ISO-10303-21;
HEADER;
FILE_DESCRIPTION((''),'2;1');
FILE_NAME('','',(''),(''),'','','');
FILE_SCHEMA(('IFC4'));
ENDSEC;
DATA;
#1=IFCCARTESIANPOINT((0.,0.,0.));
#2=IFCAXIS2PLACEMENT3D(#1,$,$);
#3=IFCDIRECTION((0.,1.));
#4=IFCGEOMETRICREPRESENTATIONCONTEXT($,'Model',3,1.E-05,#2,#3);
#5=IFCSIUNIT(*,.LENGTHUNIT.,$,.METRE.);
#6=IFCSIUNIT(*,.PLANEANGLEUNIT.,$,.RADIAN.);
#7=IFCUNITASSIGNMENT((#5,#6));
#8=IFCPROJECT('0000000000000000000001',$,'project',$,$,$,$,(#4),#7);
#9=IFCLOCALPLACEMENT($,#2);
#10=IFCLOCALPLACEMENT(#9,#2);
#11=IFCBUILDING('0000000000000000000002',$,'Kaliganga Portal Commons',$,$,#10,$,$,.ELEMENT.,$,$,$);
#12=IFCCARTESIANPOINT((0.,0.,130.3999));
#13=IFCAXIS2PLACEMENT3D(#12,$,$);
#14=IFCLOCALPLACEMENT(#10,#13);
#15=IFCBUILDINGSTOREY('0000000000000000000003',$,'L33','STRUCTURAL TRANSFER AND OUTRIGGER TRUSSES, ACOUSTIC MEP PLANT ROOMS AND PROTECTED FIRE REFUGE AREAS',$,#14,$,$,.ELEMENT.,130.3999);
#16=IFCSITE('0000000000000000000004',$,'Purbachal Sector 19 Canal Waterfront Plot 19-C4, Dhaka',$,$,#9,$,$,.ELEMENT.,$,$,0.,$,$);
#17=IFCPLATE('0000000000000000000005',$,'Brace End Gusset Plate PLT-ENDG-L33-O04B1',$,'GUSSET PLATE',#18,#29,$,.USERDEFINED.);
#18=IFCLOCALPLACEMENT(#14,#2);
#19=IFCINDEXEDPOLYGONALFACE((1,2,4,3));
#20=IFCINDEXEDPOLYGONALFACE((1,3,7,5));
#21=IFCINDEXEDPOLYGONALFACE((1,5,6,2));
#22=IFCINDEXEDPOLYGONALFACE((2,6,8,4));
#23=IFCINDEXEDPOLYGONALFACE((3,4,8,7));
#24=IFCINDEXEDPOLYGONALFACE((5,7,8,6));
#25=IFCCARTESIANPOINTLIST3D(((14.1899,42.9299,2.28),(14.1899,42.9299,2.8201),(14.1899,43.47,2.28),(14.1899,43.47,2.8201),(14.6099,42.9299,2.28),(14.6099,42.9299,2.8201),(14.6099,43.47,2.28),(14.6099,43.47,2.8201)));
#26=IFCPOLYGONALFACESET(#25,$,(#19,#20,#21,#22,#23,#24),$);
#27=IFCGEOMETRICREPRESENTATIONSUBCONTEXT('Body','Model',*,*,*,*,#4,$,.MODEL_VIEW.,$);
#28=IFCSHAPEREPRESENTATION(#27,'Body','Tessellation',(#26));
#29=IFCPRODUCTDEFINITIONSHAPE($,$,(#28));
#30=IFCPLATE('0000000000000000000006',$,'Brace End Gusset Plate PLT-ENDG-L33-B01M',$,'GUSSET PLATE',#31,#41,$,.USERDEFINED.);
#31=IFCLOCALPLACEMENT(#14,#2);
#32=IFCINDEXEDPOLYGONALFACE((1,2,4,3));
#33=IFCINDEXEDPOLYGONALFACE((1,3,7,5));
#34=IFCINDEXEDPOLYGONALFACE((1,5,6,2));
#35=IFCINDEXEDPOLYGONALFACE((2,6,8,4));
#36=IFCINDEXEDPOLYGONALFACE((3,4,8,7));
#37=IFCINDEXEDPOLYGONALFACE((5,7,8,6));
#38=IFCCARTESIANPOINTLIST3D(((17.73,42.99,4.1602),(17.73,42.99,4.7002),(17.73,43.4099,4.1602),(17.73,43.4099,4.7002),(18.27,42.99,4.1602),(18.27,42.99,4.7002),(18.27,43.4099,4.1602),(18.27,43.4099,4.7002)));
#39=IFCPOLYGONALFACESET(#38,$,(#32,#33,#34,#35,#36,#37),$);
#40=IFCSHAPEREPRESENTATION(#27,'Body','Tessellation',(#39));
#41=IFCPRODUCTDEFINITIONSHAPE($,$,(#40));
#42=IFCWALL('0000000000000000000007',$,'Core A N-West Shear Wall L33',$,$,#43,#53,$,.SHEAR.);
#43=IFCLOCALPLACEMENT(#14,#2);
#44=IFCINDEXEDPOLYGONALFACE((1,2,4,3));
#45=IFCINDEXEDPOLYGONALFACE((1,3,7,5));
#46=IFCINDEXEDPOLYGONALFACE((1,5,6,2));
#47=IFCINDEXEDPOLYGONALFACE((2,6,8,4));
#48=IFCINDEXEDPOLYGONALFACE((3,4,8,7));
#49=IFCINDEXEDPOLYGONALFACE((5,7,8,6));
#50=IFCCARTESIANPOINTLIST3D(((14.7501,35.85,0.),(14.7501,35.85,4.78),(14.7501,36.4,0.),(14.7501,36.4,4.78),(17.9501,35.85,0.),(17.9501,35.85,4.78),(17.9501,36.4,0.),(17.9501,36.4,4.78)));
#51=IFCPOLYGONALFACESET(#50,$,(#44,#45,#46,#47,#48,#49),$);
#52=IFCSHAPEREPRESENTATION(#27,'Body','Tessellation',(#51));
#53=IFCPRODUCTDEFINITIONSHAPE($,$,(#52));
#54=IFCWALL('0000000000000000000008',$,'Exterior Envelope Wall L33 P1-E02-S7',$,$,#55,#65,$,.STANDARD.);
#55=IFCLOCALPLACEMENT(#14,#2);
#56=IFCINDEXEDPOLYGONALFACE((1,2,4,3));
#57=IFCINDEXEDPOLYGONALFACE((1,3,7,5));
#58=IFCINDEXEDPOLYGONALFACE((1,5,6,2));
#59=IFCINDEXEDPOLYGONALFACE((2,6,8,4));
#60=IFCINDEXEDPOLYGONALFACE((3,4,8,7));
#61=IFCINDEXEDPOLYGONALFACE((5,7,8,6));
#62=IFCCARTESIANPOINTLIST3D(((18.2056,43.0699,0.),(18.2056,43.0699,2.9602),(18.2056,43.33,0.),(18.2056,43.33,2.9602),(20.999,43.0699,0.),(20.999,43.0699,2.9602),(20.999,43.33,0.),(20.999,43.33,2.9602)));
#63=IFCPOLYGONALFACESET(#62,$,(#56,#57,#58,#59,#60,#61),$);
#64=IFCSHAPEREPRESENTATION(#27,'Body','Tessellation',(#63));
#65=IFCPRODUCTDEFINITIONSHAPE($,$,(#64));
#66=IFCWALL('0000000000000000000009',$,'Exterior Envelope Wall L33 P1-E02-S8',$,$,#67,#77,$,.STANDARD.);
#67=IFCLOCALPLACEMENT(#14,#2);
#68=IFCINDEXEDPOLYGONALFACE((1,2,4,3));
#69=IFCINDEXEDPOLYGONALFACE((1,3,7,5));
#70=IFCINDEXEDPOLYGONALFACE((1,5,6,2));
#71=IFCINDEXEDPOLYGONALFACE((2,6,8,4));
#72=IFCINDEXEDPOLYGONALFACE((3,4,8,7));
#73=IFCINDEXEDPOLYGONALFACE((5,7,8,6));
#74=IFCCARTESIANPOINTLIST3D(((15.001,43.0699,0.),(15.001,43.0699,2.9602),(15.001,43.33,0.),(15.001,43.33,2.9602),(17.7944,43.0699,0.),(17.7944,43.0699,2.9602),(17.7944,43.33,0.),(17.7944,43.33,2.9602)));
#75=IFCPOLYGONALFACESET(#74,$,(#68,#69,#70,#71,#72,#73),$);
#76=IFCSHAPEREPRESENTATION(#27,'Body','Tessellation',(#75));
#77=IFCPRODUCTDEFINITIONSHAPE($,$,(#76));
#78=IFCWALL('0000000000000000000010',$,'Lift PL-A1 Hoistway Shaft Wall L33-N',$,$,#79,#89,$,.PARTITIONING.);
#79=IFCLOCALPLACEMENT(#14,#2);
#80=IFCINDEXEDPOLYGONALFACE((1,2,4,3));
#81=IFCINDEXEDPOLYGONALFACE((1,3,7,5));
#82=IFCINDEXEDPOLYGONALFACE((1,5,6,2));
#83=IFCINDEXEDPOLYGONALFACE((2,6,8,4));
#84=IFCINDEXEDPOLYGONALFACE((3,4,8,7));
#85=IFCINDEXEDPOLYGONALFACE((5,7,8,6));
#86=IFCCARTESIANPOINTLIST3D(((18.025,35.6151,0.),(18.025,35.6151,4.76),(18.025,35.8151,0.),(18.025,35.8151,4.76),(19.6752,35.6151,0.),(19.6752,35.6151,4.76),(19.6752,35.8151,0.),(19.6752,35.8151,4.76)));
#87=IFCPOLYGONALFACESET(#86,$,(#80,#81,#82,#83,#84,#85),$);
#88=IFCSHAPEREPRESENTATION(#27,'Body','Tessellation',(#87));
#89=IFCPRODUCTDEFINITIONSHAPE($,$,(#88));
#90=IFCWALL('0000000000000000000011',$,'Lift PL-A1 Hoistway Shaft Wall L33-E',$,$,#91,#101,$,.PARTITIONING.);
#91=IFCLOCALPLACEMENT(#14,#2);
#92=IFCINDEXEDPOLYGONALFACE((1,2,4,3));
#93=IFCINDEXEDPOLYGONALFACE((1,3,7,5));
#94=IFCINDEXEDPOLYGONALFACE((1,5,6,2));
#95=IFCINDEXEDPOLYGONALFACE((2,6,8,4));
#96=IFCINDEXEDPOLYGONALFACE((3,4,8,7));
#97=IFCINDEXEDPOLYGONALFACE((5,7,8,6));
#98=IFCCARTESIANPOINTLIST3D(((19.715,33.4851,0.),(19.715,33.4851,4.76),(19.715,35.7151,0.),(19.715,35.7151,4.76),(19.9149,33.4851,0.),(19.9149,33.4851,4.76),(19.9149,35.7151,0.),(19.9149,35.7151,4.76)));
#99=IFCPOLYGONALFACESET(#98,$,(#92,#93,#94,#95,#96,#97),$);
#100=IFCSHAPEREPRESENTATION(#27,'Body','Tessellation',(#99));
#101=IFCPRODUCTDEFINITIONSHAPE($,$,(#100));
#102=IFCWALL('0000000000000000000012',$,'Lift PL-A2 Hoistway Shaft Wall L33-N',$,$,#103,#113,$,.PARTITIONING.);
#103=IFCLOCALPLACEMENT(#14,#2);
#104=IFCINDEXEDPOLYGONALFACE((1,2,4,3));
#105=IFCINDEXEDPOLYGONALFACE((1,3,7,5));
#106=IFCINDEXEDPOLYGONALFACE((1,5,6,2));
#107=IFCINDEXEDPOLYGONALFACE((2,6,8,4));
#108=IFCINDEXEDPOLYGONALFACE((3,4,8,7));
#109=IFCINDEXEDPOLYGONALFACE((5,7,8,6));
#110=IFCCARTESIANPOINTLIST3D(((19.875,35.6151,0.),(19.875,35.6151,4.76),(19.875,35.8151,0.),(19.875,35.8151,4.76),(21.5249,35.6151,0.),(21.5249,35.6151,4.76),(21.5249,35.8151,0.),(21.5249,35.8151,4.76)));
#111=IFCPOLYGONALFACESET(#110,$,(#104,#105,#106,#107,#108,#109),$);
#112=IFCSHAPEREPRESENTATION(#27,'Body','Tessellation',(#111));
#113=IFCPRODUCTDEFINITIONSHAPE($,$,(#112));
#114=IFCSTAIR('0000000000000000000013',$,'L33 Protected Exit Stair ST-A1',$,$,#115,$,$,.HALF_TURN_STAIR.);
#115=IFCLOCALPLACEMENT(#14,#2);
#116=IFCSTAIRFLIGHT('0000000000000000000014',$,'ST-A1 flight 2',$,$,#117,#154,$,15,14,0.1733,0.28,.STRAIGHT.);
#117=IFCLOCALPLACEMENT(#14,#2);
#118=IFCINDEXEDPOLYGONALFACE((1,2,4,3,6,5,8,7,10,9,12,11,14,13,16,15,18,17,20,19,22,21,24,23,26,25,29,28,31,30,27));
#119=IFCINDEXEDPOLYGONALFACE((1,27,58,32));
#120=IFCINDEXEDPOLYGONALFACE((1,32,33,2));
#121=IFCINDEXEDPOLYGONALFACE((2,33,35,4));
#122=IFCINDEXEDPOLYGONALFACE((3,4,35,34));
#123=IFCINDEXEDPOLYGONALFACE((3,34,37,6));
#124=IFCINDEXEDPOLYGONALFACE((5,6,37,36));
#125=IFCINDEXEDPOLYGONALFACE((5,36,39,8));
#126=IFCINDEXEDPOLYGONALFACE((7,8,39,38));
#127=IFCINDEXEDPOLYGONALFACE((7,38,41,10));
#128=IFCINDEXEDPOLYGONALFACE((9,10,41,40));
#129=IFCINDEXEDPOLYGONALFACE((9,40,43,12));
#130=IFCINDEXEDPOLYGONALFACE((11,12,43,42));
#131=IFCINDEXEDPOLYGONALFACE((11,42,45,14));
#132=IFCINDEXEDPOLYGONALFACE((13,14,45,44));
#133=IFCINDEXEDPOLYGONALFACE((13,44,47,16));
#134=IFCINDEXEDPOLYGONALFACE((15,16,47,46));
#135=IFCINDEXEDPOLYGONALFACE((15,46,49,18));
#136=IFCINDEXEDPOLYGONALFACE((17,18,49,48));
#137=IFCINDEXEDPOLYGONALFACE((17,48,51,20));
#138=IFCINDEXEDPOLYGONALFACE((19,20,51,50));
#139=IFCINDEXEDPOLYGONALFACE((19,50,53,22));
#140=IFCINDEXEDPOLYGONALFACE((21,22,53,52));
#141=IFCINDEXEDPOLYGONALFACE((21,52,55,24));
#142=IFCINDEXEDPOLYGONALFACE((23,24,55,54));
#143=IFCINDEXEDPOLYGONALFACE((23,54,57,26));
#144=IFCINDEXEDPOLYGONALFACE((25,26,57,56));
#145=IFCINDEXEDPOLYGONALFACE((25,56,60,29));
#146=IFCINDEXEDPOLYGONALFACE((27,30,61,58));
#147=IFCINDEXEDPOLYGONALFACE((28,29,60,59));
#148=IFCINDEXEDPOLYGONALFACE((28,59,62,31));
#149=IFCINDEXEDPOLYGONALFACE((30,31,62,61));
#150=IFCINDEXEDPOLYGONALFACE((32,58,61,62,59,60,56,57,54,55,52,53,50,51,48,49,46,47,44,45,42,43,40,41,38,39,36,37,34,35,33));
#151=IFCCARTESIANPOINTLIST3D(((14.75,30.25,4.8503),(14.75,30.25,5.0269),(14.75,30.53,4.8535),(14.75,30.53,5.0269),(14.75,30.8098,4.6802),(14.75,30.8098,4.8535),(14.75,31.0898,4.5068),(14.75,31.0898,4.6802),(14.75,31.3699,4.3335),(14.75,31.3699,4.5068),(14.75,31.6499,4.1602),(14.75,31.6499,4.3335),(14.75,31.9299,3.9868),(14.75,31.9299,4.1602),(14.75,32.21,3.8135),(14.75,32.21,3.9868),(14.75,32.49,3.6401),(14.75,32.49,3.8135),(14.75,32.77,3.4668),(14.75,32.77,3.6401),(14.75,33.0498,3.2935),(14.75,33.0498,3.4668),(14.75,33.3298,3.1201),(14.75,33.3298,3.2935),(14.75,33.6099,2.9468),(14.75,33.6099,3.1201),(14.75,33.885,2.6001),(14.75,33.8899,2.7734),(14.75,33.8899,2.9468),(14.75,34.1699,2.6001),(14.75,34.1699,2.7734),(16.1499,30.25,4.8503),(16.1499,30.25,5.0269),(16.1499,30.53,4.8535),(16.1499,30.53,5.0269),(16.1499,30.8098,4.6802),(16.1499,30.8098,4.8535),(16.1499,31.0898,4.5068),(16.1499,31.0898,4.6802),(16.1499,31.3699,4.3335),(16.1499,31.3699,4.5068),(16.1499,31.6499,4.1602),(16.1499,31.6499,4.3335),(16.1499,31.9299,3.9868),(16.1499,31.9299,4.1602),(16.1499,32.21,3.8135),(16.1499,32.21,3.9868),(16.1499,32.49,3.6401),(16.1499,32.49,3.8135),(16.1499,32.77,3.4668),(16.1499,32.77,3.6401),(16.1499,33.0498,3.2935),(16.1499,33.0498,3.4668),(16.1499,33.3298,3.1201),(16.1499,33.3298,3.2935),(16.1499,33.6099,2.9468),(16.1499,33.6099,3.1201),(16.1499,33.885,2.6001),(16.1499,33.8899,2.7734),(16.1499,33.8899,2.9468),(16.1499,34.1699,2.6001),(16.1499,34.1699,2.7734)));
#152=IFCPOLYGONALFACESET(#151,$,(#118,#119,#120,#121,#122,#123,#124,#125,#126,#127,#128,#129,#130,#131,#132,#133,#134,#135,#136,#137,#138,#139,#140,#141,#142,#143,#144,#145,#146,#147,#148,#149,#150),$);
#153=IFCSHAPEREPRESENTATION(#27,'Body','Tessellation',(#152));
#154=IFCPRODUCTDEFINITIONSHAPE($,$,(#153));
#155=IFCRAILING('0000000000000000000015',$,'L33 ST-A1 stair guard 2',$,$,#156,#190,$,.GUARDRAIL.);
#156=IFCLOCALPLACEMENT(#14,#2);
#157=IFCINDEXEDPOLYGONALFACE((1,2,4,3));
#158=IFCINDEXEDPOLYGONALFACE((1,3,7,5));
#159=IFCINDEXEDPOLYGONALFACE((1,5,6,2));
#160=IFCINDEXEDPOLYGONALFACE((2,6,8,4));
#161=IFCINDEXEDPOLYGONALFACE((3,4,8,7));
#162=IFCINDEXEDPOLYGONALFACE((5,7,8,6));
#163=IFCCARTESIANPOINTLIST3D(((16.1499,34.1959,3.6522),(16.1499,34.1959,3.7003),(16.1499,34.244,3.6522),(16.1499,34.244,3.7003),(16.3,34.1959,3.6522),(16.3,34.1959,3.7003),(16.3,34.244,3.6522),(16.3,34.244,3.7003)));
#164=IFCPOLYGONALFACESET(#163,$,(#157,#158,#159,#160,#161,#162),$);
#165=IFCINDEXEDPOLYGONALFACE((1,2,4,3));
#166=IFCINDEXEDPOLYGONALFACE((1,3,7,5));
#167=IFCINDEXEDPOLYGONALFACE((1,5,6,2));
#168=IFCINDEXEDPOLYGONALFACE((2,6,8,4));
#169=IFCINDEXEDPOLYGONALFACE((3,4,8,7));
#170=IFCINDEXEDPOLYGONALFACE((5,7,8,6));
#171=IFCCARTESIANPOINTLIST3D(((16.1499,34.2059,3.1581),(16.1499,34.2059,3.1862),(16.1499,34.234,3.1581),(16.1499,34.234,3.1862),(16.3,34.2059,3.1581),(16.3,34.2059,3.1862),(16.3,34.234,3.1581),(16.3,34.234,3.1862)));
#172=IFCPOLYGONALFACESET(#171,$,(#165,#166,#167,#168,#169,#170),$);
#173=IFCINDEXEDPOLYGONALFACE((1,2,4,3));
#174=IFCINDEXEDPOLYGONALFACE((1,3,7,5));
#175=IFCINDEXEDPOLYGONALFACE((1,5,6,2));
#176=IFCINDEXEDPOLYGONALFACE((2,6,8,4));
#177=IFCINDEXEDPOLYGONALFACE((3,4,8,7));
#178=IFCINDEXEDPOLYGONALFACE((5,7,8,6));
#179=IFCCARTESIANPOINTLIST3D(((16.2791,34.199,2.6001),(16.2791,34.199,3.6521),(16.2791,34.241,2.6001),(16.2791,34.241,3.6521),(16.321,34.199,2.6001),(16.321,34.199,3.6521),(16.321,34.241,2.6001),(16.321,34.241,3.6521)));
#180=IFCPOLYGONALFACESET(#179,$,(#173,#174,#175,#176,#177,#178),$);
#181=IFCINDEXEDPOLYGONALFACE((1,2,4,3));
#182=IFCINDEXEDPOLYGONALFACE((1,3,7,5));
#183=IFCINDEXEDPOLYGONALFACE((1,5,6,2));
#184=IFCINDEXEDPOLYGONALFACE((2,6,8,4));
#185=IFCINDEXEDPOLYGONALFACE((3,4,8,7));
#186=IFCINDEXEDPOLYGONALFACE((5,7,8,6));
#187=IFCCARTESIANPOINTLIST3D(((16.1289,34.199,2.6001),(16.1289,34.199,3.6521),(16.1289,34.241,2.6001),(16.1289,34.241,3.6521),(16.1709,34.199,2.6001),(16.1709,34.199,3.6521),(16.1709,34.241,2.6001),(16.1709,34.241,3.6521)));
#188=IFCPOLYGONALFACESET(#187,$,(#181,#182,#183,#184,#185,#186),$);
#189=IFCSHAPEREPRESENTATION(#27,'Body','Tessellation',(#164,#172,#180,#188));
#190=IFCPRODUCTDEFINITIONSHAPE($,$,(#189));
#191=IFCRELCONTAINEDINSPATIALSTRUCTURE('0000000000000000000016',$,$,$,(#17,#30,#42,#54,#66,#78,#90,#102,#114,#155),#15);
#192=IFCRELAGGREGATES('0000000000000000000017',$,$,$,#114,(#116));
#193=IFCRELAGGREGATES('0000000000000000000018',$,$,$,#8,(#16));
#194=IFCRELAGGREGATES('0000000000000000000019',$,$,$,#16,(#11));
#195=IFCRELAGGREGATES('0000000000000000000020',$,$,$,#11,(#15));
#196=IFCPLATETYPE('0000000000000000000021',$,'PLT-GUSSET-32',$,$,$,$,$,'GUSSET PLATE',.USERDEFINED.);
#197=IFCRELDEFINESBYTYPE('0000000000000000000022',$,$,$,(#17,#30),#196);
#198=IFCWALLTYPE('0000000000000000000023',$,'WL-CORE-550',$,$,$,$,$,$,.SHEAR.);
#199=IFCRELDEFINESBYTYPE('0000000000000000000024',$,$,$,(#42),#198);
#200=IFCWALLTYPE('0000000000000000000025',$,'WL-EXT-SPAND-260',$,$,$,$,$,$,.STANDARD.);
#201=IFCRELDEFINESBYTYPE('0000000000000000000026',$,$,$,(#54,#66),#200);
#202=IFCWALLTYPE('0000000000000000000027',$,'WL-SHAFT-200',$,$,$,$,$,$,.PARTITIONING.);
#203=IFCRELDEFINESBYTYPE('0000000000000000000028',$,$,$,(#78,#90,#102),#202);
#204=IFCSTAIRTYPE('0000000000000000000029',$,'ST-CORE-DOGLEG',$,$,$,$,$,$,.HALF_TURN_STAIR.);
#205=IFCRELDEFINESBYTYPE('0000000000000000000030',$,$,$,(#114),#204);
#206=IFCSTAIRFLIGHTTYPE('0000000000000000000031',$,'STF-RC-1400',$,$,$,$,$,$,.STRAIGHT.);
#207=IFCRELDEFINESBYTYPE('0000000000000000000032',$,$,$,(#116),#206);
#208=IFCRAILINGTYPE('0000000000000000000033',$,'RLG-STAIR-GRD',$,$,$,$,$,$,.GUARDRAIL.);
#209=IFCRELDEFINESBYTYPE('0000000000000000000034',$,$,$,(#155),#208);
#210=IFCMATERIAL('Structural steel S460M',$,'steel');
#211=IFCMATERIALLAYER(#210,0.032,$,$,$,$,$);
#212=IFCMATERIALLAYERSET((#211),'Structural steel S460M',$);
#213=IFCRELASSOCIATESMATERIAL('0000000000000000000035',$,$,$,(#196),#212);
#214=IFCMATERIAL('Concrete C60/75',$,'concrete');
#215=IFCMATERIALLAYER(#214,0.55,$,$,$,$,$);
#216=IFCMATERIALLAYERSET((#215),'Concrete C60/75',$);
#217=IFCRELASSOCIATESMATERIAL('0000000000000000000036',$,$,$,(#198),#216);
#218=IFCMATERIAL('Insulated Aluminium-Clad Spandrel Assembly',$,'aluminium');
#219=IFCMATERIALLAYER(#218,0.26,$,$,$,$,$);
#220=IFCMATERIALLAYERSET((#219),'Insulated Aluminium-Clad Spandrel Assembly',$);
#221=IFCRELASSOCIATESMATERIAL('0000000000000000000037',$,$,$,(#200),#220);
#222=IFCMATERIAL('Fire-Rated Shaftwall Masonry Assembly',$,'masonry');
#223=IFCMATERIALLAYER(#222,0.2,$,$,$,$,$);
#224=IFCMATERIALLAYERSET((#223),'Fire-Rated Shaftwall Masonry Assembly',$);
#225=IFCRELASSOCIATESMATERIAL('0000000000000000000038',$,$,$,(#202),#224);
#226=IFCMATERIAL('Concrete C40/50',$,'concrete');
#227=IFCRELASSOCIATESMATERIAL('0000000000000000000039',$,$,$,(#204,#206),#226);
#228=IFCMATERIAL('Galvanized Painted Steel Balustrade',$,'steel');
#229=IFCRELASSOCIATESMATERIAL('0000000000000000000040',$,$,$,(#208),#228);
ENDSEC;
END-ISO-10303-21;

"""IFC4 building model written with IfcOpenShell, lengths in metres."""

from ifc_helpers import new_model, si_unit, direction, frame, frame_2d, origin, origin_2d, place, context, subcontext, project, spatial, polyline, rectangle, outline, extrude, source, transform, mapped, material, layer, layer_set, type_object, element, aggregate, save


model = new_model("IFC4")

# Units and contexts
model_context = context("Model", 3, precision=1e-05, world=origin(), true_north=direction((0.0, 1.0)))
body_context = subcontext(model_context, "Body", "Model", "MODEL_VIEW")
ifc_project = project(units=[si_unit("LENGTHUNIT", "METRE"), si_unit("PLANEANGLEUNIT", "RADIAN")], contexts=[model_context])

# Site, building, storey
site_placement = place(None, origin())
site = spatial("IfcSite", under=ifc_project, at=site_placement, Name="Purbachal Sector 19 Canal Waterfront Plot 19-C4, Dhaka", CompositionType="ELEMENT", RefElevation=0.0)
building_placement = place(site_placement, origin())
building = spatial("IfcBuilding", under=site, at=building_placement, Name="Kaliganga Portal Commons", CompositionType="ELEMENT")
storey_placement = place(building_placement, frame((0.0, 0.0, 130.3999)))
storey = spatial("IfcBuildingStorey", under=building, at=storey_placement, Name="L33", Description="STRUCTURAL TRANSFER AND OUTRIGGER TRUSSES, ACOUSTIC MEP PLANT ROOMS AND PROTECTED FIRE REFUGE AREAS", CompositionType="ELEMENT", Elevation=130.3999)

# Shared definitions
ifc_material_1 = material(Name="Structural steel S460M", Category="steel")

# Plates
ifc_layer_1 = layer(ifc_material_1, 0.032)
ifc_layer_set_1 = layer_set([ifc_layer_1], Name="Structural steel S460M")
plate_type = type_object("IfcPlateType", Name="PLT-GUSSET-32", ElementType="GUSSET PLATE", PredefinedType="USERDEFINED", material=ifc_layer_set_1)
shared_shape_1 = source(origin(), body_context, "Body", "SweptSolid", [
    extrude(rectangle(XDim=0.54, YDim=0.4199, at=origin_2d()), origin(), (0.0, 0.0, 1.0), 0.54),
])
for number, where, z_axis, x_axis, name in (
    (1, (14.3999, 43.2, 2.28), (0.0, 0.0, 1.0), (0.0, 1.0, 0.0), "Brace End Gusset Plate PLT-ENDG-L33-O04B1"),
    (2, (18.0, 43.2, 4.1602), (0.0, 0.0, 1.0), (1.0, 0.0, 0.0), "Brace End Gusset Plate PLT-ENDG-L33-B01M"),
):
    element("IfcPlate", number, at=place(storey_placement, frame(where, z_axis=z_axis, x_axis=x_axis)), inside=storey, type_object=plate_type, Name=name, ObjectType="GUSSET PLATE", PredefinedType="USERDEFINED", context=body_context, shape_type="MappedRepresentation", body=[
        mapped(shared_shape_1, transform((0.0, 0.0, 0.0), x_axis=(1.0, 0.0, 0.0), y_axis=(0.0, 1.0, 0.0), z_axis=(0.0, 0.0, 1.0), scale=1.0)),
    ])

# Walls
ifc_material_2 = material(Name="Concrete C60/75", Category="concrete")
ifc_layer_2 = layer(ifc_material_2, 0.55)
ifc_layer_set_2 = layer_set([ifc_layer_2], Name="Concrete C60/75")
wall_type_1 = type_object("IfcWallType", Name="WL-CORE-550", PredefinedType="SHEAR", material=ifc_layer_set_2)
wall_1_placement = place(storey_placement, frame((14.75, 36.125, 0.0), z_axis=(0.0, 0.0, 1.0), x_axis=(1.0, 0.0, 0.0)))
element("IfcWall", 3, at=wall_1_placement, inside=storey, type_object=wall_type_1, Name="Core A N-West Shear Wall L33", PredefinedType="SHEAR", context=body_context, shape_type="SweptSolid", body=[
    extrude(rectangle(XDim=3.2, YDim=0.55, at=frame_2d((1.6001, 0.0))), origin(), (0.0, 0.0, 1.0), 4.78),
])
ifc_material_3 = material(Name="Insulated Aluminium-Clad Spandrel Assembly", Category="aluminium")
ifc_layer_3 = layer(ifc_material_3, 0.26)
ifc_layer_set_3 = layer_set([ifc_layer_3], Name="Insulated Aluminium-Clad Spandrel Assembly")
wall_type_2 = type_object("IfcWallType", Name="WL-EXT-SPAND-260", PredefinedType="STANDARD", material=ifc_layer_set_3)
for number, where, z_axis, x_axis, name in (
    (4, (18.2056, 43.2, 0.0), (0.0, 0.0, 1.0), (1.0, 0.0, 0.0), "Exterior Envelope Wall L33 P1-E02-S7"),
    (5, (15.001, 43.2, 0.0), (0.0, 0.0, 1.0), (1.0, 0.0, 0.0), "Exterior Envelope Wall L33 P1-E02-S8"),
):
    element("IfcWall", number, at=place(storey_placement, frame(where, z_axis=z_axis, x_axis=x_axis)), inside=storey, type_object=wall_type_2, Name=name, PredefinedType="STANDARD", context=body_context, shape_type="SweptSolid", body=[
        extrude(rectangle(XDim=2.7935, YDim=0.26, at=frame_2d((1.3967, 0.0))), origin(), (0.0, 0.0, 1.0), 2.9602),
    ])

# Shared definitions
ifc_material_4 = material(Name="Fire-Rated Shaftwall Masonry Assembly", Category="masonry")
ifc_layer_4 = layer(ifc_material_4, 0.2)
ifc_layer_set_4 = layer_set([ifc_layer_4], Name="Fire-Rated Shaftwall Masonry Assembly")
wall_type_3 = type_object("IfcWallType", Name="WL-SHAFT-200", PredefinedType="PARTITIONING", material=ifc_layer_set_4)

# Walls
wall_2_placement = place(storey_placement, frame((18.0249, 35.7151, 0.0), z_axis=(0.0, 0.0, 1.0), x_axis=(1.0, 0.0, 0.0)))
element("IfcWall", 6, at=wall_2_placement, inside=storey, type_object=wall_type_3, Name="Lift PL-A1 Hoistway Shaft Wall L33-N", PredefinedType="PARTITIONING", context=body_context, shape_type="SweptSolid", body=[
    extrude(rectangle(XDim=1.6501, YDim=0.2, at=frame_2d((0.8252, 0.0))), origin(), (0.0, 0.0, 1.0), 4.76),
])
wall_3_placement = place(storey_placement, frame((19.8149, 33.4851, 0.0), z_axis=(0.0, 0.0, 1.0), x_axis=(0.0, 1.0, 0.0)))
element("IfcWall", 7, at=wall_3_placement, inside=storey, type_object=wall_type_3, Name="Lift PL-A1 Hoistway Shaft Wall L33-E", PredefinedType="PARTITIONING", context=body_context, shape_type="SweptSolid", body=[
    extrude(rectangle(XDim=2.23, YDim=0.2, at=frame_2d((1.115, 0.0))), origin(), (0.0, 0.0, 1.0), 4.76),
])

# Wall
wall_4_placement = place(storey_placement, frame((19.875, 35.7151, 0.0), z_axis=(0.0, 0.0, 1.0), x_axis=(1.0, 0.0, 0.0)))
element("IfcWall", 8, at=wall_4_placement, inside=storey, type_object=wall_type_3, Name="Lift PL-A2 Hoistway Shaft Wall L33-N", PredefinedType="PARTITIONING", context=body_context, shape_type="SweptSolid", body=[
    extrude(rectangle(XDim=1.6499, YDim=0.2, at=frame_2d((0.825, 0.0))), origin(), (0.0, 0.0, 1.0), 4.76),
])

# Stair, stair flight
ifc_material_5 = material(Name="Concrete C40/50", Category="concrete")
stair_type = type_object("IfcStairType", Name="ST-CORE-DOGLEG", PredefinedType="HALF_TURN_STAIR", material=ifc_material_5)
stair_placement = place(storey_placement, origin())
stair = element("IfcStair", 9, at=stair_placement, inside=storey, type_object=stair_type, Name="L33 Protected Exit Stair ST-A1", PredefinedType="HALF_TURN_STAIR")
stair_flight_type = type_object("IfcStairFlightType", Name="STF-RC-1400", PredefinedType="STRAIGHT", material=ifc_material_5)
stair_flight_placement = place(storey_placement, frame((15.45, 34.1699, 2.6001), z_axis=(0.0, 0.0, 1.0), x_axis=(0.0, -1.0, 0.0)))
stair_flight = element("IfcStairFlight", 10, at=stair_flight_placement, type_object=stair_flight_type, Name="ST-A1 flight 2", NumberOfRisers=15, NumberOfTreads=14, PredefinedType="STRAIGHT", RiserHeight=0.1733, TreadLength=0.28, context=body_context, shape_type="SweptSolid", body=[
    extrude(outline(polyline([(0.0, 0.0), (0.0, 0.1733), (0.28, 0.1733), (0.28, 0.3467), (0.5601, 0.3467), (0.5601, 0.52), (0.8401, 0.52), (0.8401, 0.6934), (1.1201, 0.6934), (1.1201, 0.8667), (1.3999, 0.8667), (1.3999, 1.04), (1.6799, 1.04), (1.6799, 1.2134), (1.96, 1.2134), (1.96, 1.3867), (2.24, 1.3867), (2.24, 1.5601), (2.52, 1.5601), (2.52, 1.7334), (2.8, 1.7334), (2.8, 1.9067), (3.0801, 1.9067), (3.0801, 2.0801), (3.3601, 2.0801), (3.3601, 2.2534), (3.6399, 2.2534), (3.6399, 2.4268), (3.9199, 2.4268), (3.9199, 2.6001), (3.9199, 2.2502), (0.2849, 0.0), (0.0, 0.0)])), frame((0.0, 0.7, 0.0), z_axis=(0.0, -1.0, 0.0), x_axis=(1.0, 0.0, 0.0)), (0.0, 0.0, 1.0), 1.3999),
])
aggregate(stair, [stair_flight])

# Railing
ifc_material_6 = material(Name="Galvanized Painted Steel Balustrade", Category="steel")
railing_type_1 = type_object("IfcRailingType", Name="RLG-STAIR-GRD", PredefinedType="GUARDRAIL", material=ifc_material_6)
railing_1_placement = place(storey_placement, frame((16.3, 34.22, 2.6001)))
element("IfcRailing", 11, at=railing_1_placement, inside=storey, type_object=railing_type_1, Name="L33 ST-A1 stair guard 2", PredefinedType="GUARDRAIL", context=body_context, shape_type="SweptSolid", body=[
    extrude(rectangle(XDim=0.0481, YDim=0.0481, at=origin_2d()), frame((0.0, 0.0, 1.0762), z_axis=(-1.0, 0.0, 0.0), x_axis=(0.0, -1.0, 0.0)), (0.0, 0.0, 1.0), 0.1501),
    extrude(rectangle(XDim=0.0281, YDim=0.0281, at=origin_2d()), frame((0.0, 0.0, 0.572), z_axis=(-1.0, 0.0, 0.0), x_axis=(0.0, -1.0, 0.0)), (0.0, 0.0, 1.0), 0.1501),
    extrude(rectangle(XDim=0.042, YDim=0.042, at=origin_2d()), origin(), (0.0, 0.0, 1.0), 1.052),
    extrude(rectangle(XDim=0.042, YDim=0.042, at=origin_2d()), frame((-0.1501, 0.0, 0.0)), (0.0, 0.0, 1.0), 1.052),
])

save(model, "model.ifc")
